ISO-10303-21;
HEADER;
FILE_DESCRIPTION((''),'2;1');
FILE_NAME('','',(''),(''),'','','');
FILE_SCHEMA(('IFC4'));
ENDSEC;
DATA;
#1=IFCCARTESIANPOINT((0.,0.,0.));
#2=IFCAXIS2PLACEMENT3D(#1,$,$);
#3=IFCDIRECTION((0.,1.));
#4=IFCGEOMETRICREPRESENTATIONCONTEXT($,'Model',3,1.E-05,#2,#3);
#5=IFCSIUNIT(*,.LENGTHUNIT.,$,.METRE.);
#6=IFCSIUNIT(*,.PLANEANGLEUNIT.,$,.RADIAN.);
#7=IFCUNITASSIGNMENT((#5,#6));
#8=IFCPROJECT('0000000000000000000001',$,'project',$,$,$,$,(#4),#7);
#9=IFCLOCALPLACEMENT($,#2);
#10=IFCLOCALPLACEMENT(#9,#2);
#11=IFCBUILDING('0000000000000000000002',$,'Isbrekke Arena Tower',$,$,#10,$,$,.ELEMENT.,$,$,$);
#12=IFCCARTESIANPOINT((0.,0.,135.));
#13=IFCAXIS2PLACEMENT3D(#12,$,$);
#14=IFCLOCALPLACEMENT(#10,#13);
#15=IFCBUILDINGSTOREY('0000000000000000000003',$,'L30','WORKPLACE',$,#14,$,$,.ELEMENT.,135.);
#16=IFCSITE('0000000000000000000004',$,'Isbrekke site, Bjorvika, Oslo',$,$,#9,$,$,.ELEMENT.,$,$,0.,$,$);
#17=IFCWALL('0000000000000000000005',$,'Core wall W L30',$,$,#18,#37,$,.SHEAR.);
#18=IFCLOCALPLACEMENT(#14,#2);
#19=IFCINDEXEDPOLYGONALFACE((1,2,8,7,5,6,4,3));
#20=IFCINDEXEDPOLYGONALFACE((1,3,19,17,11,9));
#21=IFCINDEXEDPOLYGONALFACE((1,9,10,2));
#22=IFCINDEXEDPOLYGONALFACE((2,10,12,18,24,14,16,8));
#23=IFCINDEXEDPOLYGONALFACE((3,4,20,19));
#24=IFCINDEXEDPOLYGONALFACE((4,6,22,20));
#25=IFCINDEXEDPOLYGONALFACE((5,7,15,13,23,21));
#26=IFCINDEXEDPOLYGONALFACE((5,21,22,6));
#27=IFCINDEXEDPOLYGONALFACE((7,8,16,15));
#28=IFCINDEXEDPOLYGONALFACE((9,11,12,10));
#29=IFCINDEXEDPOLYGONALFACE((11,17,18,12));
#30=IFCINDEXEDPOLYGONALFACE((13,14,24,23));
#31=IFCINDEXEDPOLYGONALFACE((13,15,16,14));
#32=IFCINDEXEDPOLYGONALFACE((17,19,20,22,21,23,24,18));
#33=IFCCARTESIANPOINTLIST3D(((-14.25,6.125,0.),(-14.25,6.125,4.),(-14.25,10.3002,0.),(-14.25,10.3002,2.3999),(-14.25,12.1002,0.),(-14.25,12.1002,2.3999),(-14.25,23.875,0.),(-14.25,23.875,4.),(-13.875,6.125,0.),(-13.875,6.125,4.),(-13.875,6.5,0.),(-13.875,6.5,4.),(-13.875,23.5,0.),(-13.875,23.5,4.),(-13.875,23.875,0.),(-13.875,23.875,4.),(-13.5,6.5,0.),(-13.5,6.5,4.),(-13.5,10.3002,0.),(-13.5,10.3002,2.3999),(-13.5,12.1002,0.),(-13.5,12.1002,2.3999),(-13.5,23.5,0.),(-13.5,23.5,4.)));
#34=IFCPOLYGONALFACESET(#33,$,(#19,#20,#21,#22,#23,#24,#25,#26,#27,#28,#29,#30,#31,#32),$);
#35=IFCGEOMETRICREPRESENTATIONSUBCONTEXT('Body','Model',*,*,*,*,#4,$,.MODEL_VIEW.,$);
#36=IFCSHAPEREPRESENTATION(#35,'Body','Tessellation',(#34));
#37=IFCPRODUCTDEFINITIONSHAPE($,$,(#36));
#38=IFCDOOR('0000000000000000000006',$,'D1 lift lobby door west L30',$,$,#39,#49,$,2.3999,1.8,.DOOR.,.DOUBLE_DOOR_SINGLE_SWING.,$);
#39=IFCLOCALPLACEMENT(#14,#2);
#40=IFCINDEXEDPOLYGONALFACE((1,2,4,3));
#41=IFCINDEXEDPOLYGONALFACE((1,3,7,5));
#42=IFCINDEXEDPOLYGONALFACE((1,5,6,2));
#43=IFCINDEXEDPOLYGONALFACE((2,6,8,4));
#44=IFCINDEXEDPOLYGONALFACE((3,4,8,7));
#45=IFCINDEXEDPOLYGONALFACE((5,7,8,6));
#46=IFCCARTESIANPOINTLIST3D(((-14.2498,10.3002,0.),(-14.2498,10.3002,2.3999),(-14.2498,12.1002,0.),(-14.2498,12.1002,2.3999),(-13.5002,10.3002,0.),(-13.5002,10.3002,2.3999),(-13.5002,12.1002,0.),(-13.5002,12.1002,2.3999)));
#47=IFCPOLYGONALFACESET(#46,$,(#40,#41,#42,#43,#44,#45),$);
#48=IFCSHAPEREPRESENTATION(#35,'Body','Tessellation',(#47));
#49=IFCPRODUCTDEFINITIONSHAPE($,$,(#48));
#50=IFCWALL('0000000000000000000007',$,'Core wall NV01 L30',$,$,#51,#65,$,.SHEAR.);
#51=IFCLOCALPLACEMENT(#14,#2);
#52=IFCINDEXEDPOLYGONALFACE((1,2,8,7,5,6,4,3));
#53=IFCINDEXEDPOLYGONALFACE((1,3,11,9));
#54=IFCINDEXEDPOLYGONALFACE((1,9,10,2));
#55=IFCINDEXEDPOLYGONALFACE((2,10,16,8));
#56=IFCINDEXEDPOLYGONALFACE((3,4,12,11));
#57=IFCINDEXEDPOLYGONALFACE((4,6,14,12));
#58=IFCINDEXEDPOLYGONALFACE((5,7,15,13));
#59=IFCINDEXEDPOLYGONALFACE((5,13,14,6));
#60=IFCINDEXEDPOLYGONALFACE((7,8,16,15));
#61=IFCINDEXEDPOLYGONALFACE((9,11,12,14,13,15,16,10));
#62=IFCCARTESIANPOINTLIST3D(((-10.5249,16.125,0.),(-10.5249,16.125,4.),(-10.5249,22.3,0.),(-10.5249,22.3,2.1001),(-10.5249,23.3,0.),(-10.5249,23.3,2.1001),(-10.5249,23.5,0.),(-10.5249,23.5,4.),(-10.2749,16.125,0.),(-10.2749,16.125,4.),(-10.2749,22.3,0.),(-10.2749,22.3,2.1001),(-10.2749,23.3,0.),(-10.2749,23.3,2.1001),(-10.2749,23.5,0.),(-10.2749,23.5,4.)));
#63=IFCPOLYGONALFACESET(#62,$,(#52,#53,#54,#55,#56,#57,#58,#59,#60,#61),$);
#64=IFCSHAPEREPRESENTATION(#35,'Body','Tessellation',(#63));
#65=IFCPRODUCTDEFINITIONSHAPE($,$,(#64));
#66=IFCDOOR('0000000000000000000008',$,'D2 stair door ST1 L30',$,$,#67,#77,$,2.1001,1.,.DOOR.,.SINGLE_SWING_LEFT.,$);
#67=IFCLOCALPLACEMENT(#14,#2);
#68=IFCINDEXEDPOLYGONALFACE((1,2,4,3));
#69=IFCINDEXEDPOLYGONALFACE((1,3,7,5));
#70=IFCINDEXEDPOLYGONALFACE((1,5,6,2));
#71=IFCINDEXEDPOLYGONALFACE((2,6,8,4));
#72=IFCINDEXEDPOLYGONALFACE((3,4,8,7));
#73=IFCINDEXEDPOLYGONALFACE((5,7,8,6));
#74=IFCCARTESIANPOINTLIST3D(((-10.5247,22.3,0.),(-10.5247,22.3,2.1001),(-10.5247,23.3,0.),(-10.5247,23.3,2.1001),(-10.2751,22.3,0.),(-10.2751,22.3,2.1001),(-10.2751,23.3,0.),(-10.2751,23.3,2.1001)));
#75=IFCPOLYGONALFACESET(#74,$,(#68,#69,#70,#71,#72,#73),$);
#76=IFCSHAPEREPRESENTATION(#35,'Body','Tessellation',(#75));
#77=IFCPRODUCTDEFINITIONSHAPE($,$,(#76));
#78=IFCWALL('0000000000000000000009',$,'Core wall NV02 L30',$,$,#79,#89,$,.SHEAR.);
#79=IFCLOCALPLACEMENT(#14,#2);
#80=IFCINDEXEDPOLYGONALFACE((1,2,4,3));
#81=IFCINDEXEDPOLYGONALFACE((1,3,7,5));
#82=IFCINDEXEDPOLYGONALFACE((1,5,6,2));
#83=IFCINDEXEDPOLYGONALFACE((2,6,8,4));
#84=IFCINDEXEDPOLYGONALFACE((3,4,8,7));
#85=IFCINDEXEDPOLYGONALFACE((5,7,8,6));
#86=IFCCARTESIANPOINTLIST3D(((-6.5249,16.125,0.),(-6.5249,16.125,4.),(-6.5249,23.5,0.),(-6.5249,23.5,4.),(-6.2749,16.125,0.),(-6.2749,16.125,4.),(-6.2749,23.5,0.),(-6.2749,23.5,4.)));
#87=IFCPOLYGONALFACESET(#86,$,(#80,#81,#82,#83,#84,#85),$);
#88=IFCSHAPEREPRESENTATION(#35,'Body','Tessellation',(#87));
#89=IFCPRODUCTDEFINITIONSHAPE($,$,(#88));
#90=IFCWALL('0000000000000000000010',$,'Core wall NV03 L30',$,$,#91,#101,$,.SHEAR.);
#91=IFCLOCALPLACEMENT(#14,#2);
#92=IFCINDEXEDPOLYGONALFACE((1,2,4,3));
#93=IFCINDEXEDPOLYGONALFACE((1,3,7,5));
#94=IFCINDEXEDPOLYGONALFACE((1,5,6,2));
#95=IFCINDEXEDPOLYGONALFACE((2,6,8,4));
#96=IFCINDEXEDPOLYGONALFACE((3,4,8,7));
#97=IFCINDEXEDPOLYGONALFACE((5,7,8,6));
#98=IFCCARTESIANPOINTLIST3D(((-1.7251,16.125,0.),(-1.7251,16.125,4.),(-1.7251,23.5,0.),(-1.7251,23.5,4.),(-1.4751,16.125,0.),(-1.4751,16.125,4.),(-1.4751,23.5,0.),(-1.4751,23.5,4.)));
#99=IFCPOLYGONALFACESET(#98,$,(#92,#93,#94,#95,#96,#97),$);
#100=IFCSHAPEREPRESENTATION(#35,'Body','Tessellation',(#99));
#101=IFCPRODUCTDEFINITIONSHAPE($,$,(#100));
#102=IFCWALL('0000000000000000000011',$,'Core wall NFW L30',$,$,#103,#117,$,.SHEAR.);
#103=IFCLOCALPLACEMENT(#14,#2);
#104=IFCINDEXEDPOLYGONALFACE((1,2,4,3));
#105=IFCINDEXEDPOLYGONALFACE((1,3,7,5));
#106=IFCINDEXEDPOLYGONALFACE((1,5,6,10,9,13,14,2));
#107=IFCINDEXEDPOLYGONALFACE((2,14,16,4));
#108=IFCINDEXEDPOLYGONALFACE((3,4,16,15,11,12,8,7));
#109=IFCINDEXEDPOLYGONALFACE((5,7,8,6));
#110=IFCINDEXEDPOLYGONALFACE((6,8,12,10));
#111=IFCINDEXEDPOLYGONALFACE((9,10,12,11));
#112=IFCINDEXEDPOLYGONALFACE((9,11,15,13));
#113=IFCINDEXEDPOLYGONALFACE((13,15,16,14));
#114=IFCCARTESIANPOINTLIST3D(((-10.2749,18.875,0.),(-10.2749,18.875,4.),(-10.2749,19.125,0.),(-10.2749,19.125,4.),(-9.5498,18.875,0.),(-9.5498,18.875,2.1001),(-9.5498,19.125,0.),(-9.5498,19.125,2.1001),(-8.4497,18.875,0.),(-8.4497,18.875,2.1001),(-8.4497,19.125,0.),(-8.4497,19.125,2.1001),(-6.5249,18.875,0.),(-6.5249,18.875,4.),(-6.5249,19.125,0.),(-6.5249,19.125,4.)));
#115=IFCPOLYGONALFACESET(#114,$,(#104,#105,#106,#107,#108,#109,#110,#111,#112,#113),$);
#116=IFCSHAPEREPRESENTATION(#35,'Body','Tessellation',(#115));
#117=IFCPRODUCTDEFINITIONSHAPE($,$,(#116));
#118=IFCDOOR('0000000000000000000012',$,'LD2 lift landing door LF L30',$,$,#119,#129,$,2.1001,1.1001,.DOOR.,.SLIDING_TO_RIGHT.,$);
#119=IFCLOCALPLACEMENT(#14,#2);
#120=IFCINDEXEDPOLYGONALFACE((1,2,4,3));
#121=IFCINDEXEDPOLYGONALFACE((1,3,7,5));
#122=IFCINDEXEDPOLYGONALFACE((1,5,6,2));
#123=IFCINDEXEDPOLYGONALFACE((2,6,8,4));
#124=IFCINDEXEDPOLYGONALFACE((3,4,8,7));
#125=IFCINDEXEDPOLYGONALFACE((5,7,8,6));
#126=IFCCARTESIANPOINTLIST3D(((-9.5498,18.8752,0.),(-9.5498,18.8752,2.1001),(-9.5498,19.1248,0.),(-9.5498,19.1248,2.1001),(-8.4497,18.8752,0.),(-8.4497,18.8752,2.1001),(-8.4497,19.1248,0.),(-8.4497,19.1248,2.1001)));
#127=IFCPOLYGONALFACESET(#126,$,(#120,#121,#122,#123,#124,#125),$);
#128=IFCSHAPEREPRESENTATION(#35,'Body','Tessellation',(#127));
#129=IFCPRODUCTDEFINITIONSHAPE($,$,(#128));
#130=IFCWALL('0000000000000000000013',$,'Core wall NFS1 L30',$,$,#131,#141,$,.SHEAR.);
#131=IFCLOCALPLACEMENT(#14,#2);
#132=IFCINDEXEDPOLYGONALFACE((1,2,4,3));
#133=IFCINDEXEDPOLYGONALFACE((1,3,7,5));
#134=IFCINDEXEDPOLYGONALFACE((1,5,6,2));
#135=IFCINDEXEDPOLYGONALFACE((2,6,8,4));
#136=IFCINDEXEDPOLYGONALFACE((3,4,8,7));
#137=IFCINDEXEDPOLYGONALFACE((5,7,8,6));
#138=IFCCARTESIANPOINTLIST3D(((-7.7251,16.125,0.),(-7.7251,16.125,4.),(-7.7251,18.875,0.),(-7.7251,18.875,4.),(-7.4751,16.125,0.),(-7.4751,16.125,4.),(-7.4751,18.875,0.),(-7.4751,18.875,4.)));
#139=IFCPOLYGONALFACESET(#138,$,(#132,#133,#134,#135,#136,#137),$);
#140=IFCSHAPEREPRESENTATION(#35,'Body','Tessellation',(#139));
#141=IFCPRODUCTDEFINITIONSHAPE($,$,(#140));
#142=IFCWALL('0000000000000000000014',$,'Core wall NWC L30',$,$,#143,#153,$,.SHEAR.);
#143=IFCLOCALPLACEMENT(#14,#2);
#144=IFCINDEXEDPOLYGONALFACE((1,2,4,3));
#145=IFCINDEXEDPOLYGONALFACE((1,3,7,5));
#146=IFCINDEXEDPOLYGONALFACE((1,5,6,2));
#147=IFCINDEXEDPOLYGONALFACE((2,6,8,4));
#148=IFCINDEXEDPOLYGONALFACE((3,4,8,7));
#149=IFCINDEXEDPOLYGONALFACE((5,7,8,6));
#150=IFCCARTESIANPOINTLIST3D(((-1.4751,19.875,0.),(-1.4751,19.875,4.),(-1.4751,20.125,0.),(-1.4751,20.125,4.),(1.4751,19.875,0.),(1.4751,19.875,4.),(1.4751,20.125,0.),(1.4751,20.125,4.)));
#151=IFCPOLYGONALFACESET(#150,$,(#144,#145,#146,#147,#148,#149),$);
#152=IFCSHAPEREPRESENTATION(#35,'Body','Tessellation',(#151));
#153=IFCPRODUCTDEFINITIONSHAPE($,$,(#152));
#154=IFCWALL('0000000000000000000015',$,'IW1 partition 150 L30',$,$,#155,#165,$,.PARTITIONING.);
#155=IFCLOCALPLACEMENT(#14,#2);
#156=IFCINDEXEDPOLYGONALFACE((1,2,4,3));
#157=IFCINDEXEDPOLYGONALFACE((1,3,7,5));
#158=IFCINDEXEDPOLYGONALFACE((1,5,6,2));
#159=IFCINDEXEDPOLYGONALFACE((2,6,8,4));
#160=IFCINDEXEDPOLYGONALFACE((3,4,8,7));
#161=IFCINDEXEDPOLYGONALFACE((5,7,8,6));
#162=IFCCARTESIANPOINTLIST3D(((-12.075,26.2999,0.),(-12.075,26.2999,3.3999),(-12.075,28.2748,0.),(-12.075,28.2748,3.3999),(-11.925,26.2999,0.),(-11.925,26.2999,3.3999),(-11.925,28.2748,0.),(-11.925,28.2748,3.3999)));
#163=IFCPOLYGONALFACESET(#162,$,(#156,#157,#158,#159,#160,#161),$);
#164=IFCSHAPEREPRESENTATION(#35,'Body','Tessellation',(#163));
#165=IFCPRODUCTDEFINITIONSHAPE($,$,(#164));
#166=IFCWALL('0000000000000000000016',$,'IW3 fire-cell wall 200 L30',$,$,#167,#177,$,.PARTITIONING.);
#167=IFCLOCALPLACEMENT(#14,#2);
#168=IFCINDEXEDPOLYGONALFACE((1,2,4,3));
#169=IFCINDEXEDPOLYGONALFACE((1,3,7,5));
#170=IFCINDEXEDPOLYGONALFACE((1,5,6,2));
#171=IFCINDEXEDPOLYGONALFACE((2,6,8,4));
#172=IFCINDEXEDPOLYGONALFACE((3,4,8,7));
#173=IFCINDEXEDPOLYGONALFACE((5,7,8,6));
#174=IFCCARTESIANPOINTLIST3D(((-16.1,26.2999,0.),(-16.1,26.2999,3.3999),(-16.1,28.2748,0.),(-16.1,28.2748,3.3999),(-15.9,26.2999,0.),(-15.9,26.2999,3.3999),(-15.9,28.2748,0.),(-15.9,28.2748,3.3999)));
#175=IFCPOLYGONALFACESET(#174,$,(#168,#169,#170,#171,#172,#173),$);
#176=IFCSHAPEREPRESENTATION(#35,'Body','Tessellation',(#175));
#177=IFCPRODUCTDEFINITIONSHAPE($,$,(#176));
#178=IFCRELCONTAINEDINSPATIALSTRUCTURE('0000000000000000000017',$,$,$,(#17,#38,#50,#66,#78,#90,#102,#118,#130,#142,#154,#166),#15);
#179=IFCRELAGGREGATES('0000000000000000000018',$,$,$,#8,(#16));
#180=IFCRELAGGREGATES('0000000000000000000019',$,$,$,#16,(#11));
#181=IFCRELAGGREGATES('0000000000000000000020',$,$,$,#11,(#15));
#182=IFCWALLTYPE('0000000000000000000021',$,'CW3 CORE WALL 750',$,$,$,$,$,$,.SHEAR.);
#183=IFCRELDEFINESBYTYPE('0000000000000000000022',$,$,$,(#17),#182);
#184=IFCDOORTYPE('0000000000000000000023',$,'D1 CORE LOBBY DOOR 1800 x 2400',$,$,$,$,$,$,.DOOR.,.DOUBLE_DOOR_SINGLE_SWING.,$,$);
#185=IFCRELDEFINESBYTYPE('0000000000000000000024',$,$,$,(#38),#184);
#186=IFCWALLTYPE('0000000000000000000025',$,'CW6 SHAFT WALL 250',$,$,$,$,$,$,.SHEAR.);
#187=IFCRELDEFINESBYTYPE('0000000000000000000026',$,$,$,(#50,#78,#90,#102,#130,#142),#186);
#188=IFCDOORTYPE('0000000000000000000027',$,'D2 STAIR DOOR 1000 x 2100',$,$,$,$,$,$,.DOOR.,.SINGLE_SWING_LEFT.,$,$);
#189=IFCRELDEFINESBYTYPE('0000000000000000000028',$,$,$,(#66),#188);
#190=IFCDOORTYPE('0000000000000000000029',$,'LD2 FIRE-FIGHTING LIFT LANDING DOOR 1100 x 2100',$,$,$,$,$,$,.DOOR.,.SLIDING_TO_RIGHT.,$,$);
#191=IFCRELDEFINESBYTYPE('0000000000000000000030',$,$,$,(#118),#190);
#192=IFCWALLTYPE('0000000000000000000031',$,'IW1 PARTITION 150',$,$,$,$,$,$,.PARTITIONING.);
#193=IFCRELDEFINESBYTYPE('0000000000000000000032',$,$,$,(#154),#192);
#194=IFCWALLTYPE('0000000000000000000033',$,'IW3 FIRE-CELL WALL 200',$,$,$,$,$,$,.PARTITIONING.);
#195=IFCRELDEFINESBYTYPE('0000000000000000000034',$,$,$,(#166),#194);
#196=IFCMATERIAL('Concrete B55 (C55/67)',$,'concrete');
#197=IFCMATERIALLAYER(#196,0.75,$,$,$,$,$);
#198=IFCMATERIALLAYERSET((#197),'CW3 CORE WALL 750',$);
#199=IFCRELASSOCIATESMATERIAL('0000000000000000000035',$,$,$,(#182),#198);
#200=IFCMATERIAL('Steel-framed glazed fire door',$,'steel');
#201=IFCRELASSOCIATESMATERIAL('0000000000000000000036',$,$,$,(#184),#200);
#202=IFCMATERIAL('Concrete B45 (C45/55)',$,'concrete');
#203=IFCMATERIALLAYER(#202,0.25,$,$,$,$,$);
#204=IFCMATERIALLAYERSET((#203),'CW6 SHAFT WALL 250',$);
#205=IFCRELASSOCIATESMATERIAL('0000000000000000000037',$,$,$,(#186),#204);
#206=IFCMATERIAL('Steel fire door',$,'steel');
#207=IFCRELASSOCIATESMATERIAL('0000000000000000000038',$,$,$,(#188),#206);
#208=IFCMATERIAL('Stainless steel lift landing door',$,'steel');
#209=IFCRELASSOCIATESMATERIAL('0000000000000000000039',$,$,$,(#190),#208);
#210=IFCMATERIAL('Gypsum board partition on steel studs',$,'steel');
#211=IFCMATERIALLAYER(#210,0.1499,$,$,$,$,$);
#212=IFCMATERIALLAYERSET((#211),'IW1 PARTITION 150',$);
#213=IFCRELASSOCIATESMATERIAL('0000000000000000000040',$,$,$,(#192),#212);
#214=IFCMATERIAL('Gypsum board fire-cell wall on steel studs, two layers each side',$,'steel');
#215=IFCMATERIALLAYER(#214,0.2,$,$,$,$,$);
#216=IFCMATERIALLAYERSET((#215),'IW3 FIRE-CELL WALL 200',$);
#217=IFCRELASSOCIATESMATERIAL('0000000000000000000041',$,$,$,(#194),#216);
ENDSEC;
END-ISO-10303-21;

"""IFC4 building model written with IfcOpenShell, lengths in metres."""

from ifc_helpers import new_model, si_unit, direction, frame, frame_2d, origin, place, context, subcontext, project, spatial, polyline, rectangle, outline, extrude, material, layer, layer_set, type_object, element, fill, save


model = new_model("IFC4")

# Units and contexts
model_context = context("Model", 3, precision=1e-05, world=origin(), true_north=direction((0.0, 1.0)))
body_context = subcontext(model_context, "Body", "Model", "MODEL_VIEW")
ifc_project = project(units=[si_unit("LENGTHUNIT", "METRE"), si_unit("PLANEANGLEUNIT", "RADIAN")], contexts=[model_context])

# Site, building, storey
site_placement = place(None, origin())
site = spatial("IfcSite", under=ifc_project, at=site_placement, Name="Isbrekke site, Bjorvika, Oslo", CompositionType="ELEMENT", RefElevation=0.0)
building_placement = place(site_placement, origin())
building = spatial("IfcBuilding", under=site, at=building_placement, Name="Isbrekke Arena Tower", CompositionType="ELEMENT")
storey_placement = place(building_placement, frame((0.0, 0.0, 135.0)))
storey = spatial("IfcBuildingStorey", under=building, at=storey_placement, Name="L30", Description="WORKPLACE", CompositionType="ELEMENT", Elevation=135.0)

# Walls, openings, doors
ifc_material_1 = material(Name="Concrete B55 (C55/67)", Category="concrete")
ifc_layer_1 = layer(ifc_material_1, 0.75)
ifc_layer_set_1 = layer_set([ifc_layer_1], Name="CW3 CORE WALL 750")
wall_type_1 = type_object("IfcWallType", Name="CW3 CORE WALL 750", PredefinedType="SHEAR", material=ifc_layer_set_1)
wall_1_placement = place(storey_placement, frame((-13.875, 23.875, 0.0), z_axis=(0.0, 0.0, 1.0), x_axis=(0.0, -1.0, 0.0)))
wall_1 = element("IfcWall", 1, at=wall_1_placement, inside=storey, type_object=wall_type_1, Name="Core wall W L30", PredefinedType="SHEAR", context=body_context, shape_type="SweptSolid", body=[
    extrude(outline(polyline([(0.0, -0.375), (17.75, -0.375), (17.75, 0.0), (17.375, 0.0), (17.375, 0.375), (0.375, 0.375), (0.375, 0.0), (0.0, 0.0), (0.0, -0.375)])), origin(), (0.0, 0.0, 1.0), 4.0),
])
opening_1_placement = place(wall_1_placement, frame((11.7749, 0.0, 0.0)))
opening_1 = element("IfcOpeningElement", 2, at=opening_1_placement, cuts=wall_1, PredefinedType="OPENING", context=body_context, shape_type="SweptSolid", body=[
    extrude(rectangle(XDim=1.8, YDim=2.3999, at=frame_2d((0.8999, 1.2))), frame((0.0, 0.3899, 0.0), z_axis=(0.0, -1.0, 0.0), x_axis=(1.0, 0.0, 0.0)), (0.0, 0.0, 1.0), 0.7798),
])
ifc_material_2 = material(Name="Steel-framed glazed fire door", Category="steel")
door_type_1 = type_object("IfcDoorType", Name="D1 CORE LOBBY DOOR 1800 x 2400", OperationType="DOUBLE_DOOR_SINGLE_SWING", PredefinedType="DOOR", material=ifc_material_2)
door_1_placement = place(opening_1_placement, origin())
door_1 = element("IfcDoor", 3, at=door_1_placement, inside=storey, type_object=door_type_1, Name="D1 lift lobby door west L30", OperationType="DOUBLE_DOOR_SINGLE_SWING", OverallHeight=2.3999, OverallWidth=1.8, PredefinedType="DOOR", context=body_context, shape_type="SweptSolid", body=[
    extrude(rectangle(XDim=1.8, YDim=2.3999, at=frame_2d((0.8999, 1.2))), frame((0.0, 0.3748, 0.0), z_axis=(0.0, -1.0, 0.0), x_axis=(1.0, 0.0, 0.0)), (0.0, 0.0, 1.0), 0.7495),
])
fill(opening_1, door_1)
ifc_material_3 = material(Name="Concrete B45 (C45/55)", Category="concrete")
ifc_layer_2 = layer(ifc_material_3, 0.25)
ifc_layer_set_2 = layer_set([ifc_layer_2], Name="CW6 SHAFT WALL 250")
wall_type_2 = type_object("IfcWallType", Name="CW6 SHAFT WALL 250", PredefinedType="SHEAR", material=ifc_layer_set_2)
wall_2_placement = place(storey_placement, frame((-10.3999, 16.125, 0.0), z_axis=(0.0, 0.0, 1.0), x_axis=(0.0, 1.0, 0.0)))
wall_2 = element("IfcWall", 4, at=wall_2_placement, inside=storey, type_object=wall_type_2, Name="Core wall NV01 L30", PredefinedType="SHEAR", context=body_context, shape_type="SweptSolid", body=[
    extrude(rectangle(XDim=7.375, YDim=0.25, at=frame_2d((3.6875, 0.0))), origin(), (0.0, 0.0, 1.0), 4.0),
])
opening_2_placement = place(wall_2_placement, frame((6.175, 0.0, 0.0)))
opening_2 = element("IfcOpeningElement", 5, at=opening_2_placement, cuts=wall_2, PredefinedType="OPENING", context=body_context, shape_type="SweptSolid", body=[
    extrude(rectangle(XDim=1.0, YDim=2.1001, at=frame_2d((0.5, 1.05))), frame((0.0, 0.1399, 0.0), z_axis=(0.0, -1.0, 0.0), x_axis=(1.0, 0.0, 0.0)), (0.0, 0.0, 1.0), 0.2798),
])
ifc_material_4 = material(Name="Steel fire door", Category="steel")
door_type_2 = type_object("IfcDoorType", Name="D2 STAIR DOOR 1000 x 2100", OperationType="SINGLE_SWING_LEFT", PredefinedType="DOOR", material=ifc_material_4)
door_2_placement = place(opening_2_placement, origin())
door_2 = element("IfcDoor", 6, at=door_2_placement, inside=storey, type_object=door_type_2, Name="D2 stair door ST1 L30", OperationType="SINGLE_SWING_LEFT", OverallHeight=2.1001, OverallWidth=1.0, PredefinedType="DOOR", context=body_context, shape_type="SweptSolid", body=[
    extrude(rectangle(XDim=1.0, YDim=2.1001, at=frame_2d((0.5, 1.05))), frame((0.0, 0.1248, 0.0), z_axis=(0.0, -1.0, 0.0), x_axis=(1.0, 0.0, 0.0)), (0.0, 0.0, 1.0), 0.2495),
])
fill(opening_2, door_2)

# Walls
for number, where, z_axis, x_axis, name in (
    (7, (-6.3999, 16.125, 0.0), (0.0, 0.0, 1.0), (0.0, 1.0, 0.0), "Core wall NV02 L30"),
    (8, (-1.6001, 16.125, 0.0), (0.0, 0.0, 1.0), (0.0, 1.0, 0.0), "Core wall NV03 L30"),
):
    element("IfcWall", number, at=place(storey_placement, frame(where, z_axis=z_axis, x_axis=x_axis)), inside=storey, type_object=wall_type_2, Name=name, PredefinedType="SHEAR", context=body_context, shape_type="SweptSolid", body=[
        extrude(rectangle(XDim=7.375, YDim=0.25, at=frame_2d((3.6875, 0.0))), origin(), (0.0, 0.0, 1.0), 4.0),
    ])

# Wall, opening, door
wall_3_placement = place(storey_placement, frame((-10.2749, 19.0, 0.0), z_axis=(0.0, 0.0, 1.0), x_axis=(1.0, 0.0, 0.0)))
wall_3 = element("IfcWall", 9, at=wall_3_placement, inside=storey, type_object=wall_type_2, Name="Core wall NFW L30", PredefinedType="SHEAR", context=body_context, shape_type="SweptSolid", body=[
    extrude(rectangle(XDim=3.75, YDim=0.25, at=frame_2d((1.875, 0.0))), origin(), (0.0, 0.0, 1.0), 4.0),
])
opening_3_placement = place(wall_3_placement, frame((0.7251, 0.0, 0.0)))
opening_3 = element("IfcOpeningElement", 10, at=opening_3_placement, cuts=wall_3, PredefinedType="OPENING", context=body_context, shape_type="SweptSolid", body=[
    extrude(rectangle(XDim=1.1001, YDim=2.1001, at=frame_2d((0.55, 1.05))), frame((0.0, 0.1399, 0.0), z_axis=(0.0, -1.0, 0.0), x_axis=(1.0, 0.0, 0.0)), (0.0, 0.0, 1.0), 0.2798),
])
ifc_material_5 = material(Name="Stainless steel lift landing door", Category="steel")
door_type_3 = type_object("IfcDoorType", Name="LD2 FIRE-FIGHTING LIFT LANDING DOOR 1100 x 2100", OperationType="SLIDING_TO_RIGHT", PredefinedType="DOOR", material=ifc_material_5)
door_3_placement = place(opening_3_placement, origin())
door_3 = element("IfcDoor", 11, at=door_3_placement, inside=storey, type_object=door_type_3, Name="LD2 lift landing door LF L30", OperationType="SLIDING_TO_RIGHT", OverallHeight=2.1001, OverallWidth=1.1001, PredefinedType="DOOR", context=body_context, shape_type="SweptSolid", body=[
    extrude(rectangle(XDim=1.1001, YDim=2.1001, at=frame_2d((0.55, 1.05))), frame((0.0, 0.1248, 0.0), z_axis=(0.0, -1.0, 0.0), x_axis=(1.0, 0.0, 0.0)), (0.0, 0.0, 1.0), 0.2495),
])
fill(opening_3, door_3)

# Walls
wall_4_placement = place(storey_placement, frame((-7.6001, 16.125, 0.0), z_axis=(0.0, 0.0, 1.0), x_axis=(0.0, 1.0, 0.0)))
element("IfcWall", 12, at=wall_4_placement, inside=storey, type_object=wall_type_2, Name="Core wall NFS1 L30", PredefinedType="SHEAR", context=body_context, shape_type="SweptSolid", body=[
    extrude(rectangle(XDim=2.75, YDim=0.25, at=frame_2d((1.375, 0.0))), origin(), (0.0, 0.0, 1.0), 4.0),
])
wall_5_placement = place(storey_placement, frame((-1.4751, 20.0, 0.0), z_axis=(0.0, 0.0, 1.0), x_axis=(1.0, 0.0, 0.0)))
element("IfcWall", 13, at=wall_5_placement, inside=storey, type_object=wall_type_2, Name="Core wall NWC L30", PredefinedType="SHEAR", context=body_context, shape_type="SweptSolid", body=[
    extrude(rectangle(XDim=2.9502, YDim=0.25, at=frame_2d((1.4751, 0.0))), origin(), (0.0, 0.0, 1.0), 4.0),
])
ifc_material_6 = material(Name="Gypsum board partition on steel studs", Category="steel")
ifc_layer_3 = layer(ifc_material_6, 0.1499)
ifc_layer_set_3 = layer_set([ifc_layer_3], Name="IW1 PARTITION 150")
wall_type_3 = type_object("IfcWallType", Name="IW1 PARTITION 150", PredefinedType="PARTITIONING", material=ifc_layer_set_3)
wall_6_placement = place(storey_placement, frame((-12.0, 26.3, 0.0), z_axis=(0.0, 0.0, 1.0), x_axis=(0.0, 1.0, 0.0)))
element("IfcWall", 14, at=wall_6_placement, inside=storey, type_object=wall_type_3, Name="IW1 partition 150 L30", PredefinedType="PARTITIONING", context=body_context, shape_type="SweptSolid", body=[
    extrude(rectangle(XDim=1.9749, YDim=0.1499, at=frame_2d((0.9873, 0.0))), origin(), (0.0, 0.0, 1.0), 3.3999),
])
ifc_material_7 = material(Name="Gypsum board fire-cell wall on steel studs, two layers each side", Category="steel")
ifc_layer_4 = layer(ifc_material_7, 0.2)
ifc_layer_set_4 = layer_set([ifc_layer_4], Name="IW3 FIRE-CELL WALL 200")
wall_type_4 = type_object("IfcWallType", Name="IW3 FIRE-CELL WALL 200", PredefinedType="PARTITIONING", material=ifc_layer_set_4)
wall_7_placement = place(storey_placement, frame((-16.0, 26.3, 0.0), z_axis=(0.0, 0.0, 1.0), x_axis=(0.0, 1.0, 0.0)))
element("IfcWall", 15, at=wall_7_placement, inside=storey, type_object=wall_type_4, Name="IW3 fire-cell wall 200 L30", PredefinedType="PARTITIONING", context=body_context, shape_type="SweptSolid", body=[
    extrude(rectangle(XDim=1.9749, YDim=0.2, at=frame_2d((0.9873, 0.0))), origin(), (0.0, 0.0, 1.0), 3.3999),
])

save(model, "model.ifc")
